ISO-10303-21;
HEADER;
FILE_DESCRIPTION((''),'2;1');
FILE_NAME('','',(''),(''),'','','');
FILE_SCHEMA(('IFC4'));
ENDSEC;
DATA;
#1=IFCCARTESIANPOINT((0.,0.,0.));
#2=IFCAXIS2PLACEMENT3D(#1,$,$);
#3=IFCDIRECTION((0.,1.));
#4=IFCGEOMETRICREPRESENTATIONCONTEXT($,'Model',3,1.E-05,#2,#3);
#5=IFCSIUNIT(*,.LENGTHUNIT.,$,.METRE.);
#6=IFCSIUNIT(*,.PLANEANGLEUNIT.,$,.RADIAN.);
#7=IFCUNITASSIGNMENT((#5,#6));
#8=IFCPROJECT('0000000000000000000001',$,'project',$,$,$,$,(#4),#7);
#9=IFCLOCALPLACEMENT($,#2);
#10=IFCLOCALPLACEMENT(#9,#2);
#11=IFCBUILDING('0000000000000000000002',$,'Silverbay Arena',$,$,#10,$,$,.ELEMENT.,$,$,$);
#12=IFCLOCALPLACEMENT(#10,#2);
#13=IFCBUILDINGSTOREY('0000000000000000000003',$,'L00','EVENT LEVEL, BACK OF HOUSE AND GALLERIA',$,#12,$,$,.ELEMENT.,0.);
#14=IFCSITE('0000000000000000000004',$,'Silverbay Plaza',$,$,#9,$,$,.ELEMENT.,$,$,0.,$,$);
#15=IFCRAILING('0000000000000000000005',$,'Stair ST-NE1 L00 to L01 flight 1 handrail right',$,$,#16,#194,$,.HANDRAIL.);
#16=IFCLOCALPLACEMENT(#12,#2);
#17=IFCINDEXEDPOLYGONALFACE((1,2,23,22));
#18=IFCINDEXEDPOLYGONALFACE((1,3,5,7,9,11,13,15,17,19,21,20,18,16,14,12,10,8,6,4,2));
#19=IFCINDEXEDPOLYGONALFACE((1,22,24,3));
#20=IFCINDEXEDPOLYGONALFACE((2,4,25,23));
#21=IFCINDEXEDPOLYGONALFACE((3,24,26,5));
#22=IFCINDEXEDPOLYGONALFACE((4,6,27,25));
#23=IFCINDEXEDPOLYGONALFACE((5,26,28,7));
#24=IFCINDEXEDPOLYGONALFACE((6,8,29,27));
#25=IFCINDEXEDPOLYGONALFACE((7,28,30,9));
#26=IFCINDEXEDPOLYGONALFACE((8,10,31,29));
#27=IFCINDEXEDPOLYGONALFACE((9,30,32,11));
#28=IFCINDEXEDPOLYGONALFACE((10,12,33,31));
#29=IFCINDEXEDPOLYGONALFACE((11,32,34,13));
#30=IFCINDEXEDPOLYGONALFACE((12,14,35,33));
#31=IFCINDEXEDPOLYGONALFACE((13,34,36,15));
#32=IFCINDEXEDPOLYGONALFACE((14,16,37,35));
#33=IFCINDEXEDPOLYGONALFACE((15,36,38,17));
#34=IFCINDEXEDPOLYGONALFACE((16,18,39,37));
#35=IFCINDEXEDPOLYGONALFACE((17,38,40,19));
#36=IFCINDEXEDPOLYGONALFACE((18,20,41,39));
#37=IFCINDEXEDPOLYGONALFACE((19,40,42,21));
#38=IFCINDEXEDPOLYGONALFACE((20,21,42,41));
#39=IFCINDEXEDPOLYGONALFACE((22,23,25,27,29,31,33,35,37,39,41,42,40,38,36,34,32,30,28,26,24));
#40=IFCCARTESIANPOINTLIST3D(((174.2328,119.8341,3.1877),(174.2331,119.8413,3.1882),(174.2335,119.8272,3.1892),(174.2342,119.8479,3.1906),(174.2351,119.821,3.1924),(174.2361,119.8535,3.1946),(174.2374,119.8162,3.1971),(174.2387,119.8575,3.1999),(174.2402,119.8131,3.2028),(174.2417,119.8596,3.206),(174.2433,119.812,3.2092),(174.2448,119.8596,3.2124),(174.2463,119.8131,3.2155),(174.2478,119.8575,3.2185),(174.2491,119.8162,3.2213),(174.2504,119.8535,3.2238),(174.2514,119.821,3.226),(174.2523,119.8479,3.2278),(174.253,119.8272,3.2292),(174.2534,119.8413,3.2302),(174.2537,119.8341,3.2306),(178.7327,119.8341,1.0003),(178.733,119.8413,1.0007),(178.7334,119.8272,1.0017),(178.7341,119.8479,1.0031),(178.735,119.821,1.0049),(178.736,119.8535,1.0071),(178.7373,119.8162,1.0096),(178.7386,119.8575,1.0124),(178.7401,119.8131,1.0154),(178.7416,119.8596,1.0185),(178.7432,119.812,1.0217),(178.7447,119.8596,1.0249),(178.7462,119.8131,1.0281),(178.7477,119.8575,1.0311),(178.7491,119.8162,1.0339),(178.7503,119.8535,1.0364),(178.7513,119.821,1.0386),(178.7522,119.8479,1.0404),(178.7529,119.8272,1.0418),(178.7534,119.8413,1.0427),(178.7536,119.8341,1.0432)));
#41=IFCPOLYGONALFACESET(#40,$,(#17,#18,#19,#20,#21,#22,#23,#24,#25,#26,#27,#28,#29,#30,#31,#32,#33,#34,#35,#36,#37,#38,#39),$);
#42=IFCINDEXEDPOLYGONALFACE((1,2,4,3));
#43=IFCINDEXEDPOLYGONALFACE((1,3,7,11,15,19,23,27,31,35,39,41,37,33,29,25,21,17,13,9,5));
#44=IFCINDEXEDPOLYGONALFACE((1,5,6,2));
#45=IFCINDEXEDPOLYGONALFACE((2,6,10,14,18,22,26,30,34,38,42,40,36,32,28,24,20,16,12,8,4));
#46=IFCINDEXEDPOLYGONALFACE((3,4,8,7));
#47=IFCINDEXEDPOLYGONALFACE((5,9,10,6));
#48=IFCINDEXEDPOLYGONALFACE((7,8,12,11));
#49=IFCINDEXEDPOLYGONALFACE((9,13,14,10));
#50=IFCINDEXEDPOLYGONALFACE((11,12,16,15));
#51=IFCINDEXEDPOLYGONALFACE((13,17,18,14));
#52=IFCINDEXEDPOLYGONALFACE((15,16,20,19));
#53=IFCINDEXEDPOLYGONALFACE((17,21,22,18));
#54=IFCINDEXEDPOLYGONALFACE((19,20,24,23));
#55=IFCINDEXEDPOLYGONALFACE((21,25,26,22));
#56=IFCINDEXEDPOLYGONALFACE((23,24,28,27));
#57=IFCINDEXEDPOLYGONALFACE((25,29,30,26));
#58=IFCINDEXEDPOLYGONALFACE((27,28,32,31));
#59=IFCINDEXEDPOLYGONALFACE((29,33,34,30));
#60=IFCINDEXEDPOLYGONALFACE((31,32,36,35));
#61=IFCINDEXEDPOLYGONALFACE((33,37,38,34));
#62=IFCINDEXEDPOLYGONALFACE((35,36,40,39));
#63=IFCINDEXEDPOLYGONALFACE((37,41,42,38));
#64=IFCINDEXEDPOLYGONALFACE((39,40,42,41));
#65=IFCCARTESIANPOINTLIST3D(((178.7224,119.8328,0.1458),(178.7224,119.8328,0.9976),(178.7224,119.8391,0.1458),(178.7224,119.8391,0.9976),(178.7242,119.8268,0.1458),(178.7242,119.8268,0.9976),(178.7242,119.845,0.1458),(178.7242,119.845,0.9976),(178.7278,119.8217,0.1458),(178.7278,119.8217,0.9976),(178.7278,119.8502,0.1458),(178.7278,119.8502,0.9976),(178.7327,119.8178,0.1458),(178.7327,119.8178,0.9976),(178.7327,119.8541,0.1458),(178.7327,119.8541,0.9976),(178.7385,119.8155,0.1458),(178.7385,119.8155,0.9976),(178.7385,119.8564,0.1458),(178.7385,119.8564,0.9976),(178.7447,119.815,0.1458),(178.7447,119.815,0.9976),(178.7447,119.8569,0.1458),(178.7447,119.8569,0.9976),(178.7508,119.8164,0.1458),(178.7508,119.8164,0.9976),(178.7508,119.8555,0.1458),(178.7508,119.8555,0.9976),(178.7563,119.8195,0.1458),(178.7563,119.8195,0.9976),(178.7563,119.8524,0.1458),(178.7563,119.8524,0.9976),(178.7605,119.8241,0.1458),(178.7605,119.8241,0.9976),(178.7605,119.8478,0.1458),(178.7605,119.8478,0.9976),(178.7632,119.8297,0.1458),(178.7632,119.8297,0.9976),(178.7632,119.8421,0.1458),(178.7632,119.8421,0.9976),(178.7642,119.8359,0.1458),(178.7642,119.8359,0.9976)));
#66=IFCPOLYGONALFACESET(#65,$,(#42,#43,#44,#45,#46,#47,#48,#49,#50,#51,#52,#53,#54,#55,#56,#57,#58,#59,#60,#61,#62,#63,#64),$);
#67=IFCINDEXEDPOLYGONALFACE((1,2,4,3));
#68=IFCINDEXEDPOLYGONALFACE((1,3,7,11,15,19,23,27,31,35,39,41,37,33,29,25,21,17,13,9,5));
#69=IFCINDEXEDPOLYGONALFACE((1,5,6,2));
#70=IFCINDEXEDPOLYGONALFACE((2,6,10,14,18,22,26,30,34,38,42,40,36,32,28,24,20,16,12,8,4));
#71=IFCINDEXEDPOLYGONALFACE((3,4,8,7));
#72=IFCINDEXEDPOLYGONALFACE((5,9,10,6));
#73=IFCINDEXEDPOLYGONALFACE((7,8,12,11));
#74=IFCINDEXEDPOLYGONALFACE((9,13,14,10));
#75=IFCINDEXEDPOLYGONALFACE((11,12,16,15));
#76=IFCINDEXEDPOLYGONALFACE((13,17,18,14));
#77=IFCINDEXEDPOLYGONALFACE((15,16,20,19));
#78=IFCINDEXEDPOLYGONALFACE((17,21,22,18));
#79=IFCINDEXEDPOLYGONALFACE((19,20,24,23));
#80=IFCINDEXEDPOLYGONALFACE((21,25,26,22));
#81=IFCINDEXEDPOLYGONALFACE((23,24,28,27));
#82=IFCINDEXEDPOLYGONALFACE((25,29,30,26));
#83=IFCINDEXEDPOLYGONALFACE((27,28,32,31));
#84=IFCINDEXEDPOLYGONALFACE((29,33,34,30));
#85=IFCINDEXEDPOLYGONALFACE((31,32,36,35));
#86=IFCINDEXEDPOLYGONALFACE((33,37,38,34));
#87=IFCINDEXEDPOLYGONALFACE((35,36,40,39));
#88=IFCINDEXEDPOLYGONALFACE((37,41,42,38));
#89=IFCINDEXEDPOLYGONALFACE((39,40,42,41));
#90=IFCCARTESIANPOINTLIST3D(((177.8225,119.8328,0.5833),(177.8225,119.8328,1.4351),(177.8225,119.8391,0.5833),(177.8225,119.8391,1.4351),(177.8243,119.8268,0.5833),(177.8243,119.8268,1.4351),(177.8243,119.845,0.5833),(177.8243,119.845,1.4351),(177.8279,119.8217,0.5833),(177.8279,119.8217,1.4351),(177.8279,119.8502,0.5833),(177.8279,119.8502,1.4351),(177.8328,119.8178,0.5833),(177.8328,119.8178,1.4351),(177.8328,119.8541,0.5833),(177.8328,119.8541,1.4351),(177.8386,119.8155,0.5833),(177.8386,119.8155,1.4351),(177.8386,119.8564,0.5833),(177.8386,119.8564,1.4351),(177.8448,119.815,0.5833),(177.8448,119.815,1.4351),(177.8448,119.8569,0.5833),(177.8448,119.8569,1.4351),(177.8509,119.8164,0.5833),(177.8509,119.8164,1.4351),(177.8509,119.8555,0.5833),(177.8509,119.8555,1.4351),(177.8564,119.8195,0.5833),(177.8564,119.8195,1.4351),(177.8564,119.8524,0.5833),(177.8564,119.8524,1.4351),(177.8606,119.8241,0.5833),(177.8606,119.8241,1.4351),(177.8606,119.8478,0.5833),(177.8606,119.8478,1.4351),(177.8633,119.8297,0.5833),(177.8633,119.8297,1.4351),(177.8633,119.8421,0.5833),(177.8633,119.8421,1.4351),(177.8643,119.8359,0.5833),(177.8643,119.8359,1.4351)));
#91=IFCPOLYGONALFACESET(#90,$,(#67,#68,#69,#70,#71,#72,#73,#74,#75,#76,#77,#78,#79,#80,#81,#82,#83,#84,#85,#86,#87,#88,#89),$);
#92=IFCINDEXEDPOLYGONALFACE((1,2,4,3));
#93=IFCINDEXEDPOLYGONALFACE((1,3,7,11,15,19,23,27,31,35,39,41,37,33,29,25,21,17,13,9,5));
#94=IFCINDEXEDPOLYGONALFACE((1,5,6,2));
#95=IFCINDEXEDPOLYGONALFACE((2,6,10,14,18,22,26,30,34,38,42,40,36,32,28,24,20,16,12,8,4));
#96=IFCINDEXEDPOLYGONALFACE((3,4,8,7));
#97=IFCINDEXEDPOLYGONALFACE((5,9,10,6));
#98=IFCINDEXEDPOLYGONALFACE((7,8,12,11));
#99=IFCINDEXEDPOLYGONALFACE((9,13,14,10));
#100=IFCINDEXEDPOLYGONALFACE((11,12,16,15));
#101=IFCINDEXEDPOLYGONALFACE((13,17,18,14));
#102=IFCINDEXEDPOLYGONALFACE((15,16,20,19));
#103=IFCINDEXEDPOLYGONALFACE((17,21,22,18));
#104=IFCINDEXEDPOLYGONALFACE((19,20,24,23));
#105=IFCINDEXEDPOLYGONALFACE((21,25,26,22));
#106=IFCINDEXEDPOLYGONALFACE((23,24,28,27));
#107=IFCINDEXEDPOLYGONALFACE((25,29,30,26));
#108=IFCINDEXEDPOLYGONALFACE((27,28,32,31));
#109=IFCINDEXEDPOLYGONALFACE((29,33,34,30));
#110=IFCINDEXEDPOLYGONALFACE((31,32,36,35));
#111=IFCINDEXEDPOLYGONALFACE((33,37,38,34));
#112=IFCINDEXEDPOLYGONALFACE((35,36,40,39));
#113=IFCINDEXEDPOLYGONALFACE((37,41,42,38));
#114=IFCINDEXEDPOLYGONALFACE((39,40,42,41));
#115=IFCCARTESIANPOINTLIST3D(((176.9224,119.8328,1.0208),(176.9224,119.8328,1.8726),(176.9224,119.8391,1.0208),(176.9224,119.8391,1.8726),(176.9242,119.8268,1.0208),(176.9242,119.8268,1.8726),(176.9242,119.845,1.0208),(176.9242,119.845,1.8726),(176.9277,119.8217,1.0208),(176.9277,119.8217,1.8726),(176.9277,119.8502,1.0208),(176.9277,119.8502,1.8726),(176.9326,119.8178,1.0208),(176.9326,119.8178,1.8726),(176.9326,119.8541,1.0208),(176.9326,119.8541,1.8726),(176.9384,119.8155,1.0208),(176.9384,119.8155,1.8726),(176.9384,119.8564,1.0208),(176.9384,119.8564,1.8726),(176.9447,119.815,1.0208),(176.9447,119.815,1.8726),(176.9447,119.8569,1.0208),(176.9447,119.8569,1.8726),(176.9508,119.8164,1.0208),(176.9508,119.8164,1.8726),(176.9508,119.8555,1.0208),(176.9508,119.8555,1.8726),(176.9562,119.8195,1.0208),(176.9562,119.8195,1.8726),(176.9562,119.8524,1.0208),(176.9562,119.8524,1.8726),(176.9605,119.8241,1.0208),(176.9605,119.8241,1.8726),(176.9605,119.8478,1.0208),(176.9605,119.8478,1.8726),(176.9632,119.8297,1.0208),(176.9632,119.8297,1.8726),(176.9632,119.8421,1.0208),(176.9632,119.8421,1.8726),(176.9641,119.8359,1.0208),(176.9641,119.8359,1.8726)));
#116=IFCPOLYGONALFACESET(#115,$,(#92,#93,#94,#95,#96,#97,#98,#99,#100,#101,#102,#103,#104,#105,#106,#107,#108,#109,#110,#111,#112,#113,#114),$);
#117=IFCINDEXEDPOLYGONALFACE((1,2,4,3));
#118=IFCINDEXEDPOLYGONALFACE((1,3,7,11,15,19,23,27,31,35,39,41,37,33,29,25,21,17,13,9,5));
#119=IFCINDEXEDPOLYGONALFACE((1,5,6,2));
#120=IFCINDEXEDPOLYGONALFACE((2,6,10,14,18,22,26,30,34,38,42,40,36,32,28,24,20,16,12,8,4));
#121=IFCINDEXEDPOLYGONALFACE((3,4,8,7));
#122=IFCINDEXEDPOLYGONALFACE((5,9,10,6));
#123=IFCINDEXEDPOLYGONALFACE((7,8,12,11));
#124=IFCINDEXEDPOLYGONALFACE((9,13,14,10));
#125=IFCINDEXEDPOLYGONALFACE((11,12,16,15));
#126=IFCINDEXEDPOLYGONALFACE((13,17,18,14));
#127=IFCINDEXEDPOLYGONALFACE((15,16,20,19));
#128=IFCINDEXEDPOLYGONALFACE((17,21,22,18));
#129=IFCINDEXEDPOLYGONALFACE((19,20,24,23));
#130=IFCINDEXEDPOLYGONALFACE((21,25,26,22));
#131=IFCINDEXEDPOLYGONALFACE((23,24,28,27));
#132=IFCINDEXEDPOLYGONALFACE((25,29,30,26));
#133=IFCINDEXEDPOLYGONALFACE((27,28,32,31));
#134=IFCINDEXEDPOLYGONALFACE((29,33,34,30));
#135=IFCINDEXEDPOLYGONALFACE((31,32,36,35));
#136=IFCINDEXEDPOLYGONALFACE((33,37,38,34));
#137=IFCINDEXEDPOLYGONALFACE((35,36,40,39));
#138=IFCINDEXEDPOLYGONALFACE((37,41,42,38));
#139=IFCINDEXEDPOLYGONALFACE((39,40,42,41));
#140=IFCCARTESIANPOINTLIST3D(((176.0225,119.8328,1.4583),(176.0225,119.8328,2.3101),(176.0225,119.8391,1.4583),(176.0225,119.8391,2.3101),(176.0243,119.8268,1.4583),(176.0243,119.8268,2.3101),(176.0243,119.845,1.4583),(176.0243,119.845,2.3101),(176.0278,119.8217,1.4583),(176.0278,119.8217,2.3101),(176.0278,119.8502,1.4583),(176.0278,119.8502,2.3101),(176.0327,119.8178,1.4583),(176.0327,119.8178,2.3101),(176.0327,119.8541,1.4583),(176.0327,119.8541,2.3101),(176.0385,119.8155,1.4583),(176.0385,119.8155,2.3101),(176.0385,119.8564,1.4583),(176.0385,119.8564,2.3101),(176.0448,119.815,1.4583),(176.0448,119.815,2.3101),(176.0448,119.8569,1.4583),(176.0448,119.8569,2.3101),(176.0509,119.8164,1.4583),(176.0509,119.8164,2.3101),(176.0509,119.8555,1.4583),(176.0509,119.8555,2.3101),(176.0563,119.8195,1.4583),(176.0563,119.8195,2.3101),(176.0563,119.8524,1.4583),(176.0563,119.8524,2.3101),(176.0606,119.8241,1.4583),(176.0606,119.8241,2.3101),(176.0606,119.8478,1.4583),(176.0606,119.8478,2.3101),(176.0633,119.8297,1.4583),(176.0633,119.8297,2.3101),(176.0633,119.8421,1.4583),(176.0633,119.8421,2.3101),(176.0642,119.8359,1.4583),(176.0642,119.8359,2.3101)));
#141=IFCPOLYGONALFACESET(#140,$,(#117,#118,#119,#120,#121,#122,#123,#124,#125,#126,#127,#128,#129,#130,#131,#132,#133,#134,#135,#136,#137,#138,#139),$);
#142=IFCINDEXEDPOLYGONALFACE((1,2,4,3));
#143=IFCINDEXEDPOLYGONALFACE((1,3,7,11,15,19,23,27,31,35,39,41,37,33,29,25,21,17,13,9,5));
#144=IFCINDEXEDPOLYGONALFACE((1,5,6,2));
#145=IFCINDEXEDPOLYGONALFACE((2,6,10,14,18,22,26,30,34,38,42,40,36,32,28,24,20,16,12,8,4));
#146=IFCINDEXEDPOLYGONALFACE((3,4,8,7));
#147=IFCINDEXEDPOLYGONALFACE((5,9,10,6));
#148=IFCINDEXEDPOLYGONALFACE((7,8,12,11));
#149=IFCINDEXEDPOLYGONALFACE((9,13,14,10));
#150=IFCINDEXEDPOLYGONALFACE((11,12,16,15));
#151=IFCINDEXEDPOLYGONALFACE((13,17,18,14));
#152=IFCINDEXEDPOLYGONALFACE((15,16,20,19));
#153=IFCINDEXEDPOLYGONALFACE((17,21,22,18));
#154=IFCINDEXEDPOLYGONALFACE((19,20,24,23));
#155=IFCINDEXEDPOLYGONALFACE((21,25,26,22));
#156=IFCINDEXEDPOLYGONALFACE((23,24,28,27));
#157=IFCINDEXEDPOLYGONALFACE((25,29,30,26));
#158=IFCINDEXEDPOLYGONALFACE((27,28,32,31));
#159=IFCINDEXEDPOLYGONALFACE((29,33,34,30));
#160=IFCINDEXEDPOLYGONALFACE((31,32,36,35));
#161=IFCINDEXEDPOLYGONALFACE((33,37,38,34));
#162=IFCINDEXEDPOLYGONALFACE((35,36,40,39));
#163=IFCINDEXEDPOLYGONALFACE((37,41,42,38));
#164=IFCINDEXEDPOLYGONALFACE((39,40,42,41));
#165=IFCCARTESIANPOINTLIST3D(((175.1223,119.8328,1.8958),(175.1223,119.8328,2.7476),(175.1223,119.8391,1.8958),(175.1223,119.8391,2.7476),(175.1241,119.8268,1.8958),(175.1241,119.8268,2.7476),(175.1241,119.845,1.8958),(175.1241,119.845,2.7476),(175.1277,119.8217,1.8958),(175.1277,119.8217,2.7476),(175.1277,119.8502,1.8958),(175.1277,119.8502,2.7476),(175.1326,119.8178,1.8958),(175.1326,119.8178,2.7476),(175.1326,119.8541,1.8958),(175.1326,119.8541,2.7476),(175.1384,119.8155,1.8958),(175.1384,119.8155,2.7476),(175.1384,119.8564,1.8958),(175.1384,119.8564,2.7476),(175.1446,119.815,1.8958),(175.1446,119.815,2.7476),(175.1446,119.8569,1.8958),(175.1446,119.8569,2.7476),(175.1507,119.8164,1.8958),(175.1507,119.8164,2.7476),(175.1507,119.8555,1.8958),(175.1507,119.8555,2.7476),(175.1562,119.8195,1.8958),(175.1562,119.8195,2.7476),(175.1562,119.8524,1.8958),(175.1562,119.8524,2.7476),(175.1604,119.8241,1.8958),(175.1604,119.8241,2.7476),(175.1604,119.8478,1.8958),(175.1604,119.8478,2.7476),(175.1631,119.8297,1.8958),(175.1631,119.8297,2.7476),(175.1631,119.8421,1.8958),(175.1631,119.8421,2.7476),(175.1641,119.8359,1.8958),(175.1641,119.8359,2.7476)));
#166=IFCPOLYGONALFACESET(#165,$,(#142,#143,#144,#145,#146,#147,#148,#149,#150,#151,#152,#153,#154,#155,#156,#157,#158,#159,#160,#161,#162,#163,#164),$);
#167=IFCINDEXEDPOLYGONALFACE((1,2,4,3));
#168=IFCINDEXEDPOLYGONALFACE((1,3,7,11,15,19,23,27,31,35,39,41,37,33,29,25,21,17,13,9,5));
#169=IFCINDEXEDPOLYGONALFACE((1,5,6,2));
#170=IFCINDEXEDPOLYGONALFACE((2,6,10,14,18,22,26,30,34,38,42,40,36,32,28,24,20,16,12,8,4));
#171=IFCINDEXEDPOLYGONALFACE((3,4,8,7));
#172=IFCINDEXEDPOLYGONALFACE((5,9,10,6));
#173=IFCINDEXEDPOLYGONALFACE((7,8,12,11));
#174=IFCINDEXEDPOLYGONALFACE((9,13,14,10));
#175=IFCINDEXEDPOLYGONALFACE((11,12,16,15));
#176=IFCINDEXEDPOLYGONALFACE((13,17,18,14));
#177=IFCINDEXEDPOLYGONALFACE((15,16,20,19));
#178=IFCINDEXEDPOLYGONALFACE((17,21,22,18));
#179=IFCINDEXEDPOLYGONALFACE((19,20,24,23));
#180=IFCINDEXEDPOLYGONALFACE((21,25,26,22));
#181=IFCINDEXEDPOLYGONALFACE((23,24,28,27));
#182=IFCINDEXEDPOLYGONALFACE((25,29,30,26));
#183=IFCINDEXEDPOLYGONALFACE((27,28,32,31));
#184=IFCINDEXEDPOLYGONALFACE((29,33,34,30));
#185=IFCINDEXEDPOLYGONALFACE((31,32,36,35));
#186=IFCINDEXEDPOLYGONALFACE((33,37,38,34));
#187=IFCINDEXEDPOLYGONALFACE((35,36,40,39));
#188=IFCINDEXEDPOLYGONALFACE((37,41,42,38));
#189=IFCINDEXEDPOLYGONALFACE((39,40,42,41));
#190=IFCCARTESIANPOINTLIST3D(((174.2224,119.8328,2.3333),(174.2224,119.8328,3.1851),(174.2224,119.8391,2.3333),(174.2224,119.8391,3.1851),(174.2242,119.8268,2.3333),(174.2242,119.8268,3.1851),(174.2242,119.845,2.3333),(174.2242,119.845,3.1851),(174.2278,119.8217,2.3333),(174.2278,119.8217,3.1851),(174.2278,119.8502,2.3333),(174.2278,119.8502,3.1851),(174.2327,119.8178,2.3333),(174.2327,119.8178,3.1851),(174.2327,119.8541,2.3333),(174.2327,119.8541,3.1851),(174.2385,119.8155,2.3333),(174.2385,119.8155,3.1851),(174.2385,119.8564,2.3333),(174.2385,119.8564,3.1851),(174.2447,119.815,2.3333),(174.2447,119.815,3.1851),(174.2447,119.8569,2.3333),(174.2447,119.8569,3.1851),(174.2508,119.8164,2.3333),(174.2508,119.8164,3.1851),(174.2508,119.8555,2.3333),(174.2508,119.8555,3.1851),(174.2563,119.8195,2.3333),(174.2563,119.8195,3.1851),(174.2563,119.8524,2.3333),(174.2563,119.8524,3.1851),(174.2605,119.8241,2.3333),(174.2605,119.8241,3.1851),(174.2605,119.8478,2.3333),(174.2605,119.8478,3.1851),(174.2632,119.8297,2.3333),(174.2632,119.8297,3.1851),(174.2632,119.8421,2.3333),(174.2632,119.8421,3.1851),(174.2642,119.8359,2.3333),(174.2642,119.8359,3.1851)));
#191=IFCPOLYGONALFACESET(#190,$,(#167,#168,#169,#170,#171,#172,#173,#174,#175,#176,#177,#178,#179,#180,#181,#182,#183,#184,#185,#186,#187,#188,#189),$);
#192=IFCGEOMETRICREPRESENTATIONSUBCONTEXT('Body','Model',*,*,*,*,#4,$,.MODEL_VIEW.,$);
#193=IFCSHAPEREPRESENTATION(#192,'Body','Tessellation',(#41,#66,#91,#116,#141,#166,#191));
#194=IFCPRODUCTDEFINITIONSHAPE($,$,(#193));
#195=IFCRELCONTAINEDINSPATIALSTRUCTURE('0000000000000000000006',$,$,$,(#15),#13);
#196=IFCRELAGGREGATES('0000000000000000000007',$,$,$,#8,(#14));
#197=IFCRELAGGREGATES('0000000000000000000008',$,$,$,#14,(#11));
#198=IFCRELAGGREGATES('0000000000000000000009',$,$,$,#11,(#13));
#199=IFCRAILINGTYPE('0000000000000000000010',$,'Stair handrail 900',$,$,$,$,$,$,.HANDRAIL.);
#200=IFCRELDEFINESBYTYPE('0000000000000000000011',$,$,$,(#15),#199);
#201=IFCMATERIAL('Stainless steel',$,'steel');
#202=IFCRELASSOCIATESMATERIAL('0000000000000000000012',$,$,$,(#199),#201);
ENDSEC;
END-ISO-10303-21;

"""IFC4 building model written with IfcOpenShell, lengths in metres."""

from ifc_helpers import new_model, si_unit, direction, frame, origin, origin_2d, place, context, subcontext, project, spatial, circle, extrude, material, type_object, element, save


model = new_model("IFC4")

# Units and contexts
model_context = context("Model", 3, precision=1e-05, world=origin(), true_north=direction((0.0, 1.0)))
body_context = subcontext(model_context, "Body", "Model", "MODEL_VIEW")
ifc_project = project(units=[si_unit("LENGTHUNIT", "METRE"), si_unit("PLANEANGLEUNIT", "RADIAN")], contexts=[model_context])

# Site, building, storey
site_placement = place(None, origin())
site = spatial("IfcSite", under=ifc_project, at=site_placement, Name="Silverbay Plaza", CompositionType="ELEMENT", RefElevation=0.0)
building_placement = place(site_placement, origin())
building = spatial("IfcBuilding", under=site, at=building_placement, Name="Silverbay Arena", CompositionType="ELEMENT")
storey_placement = place(building_placement, origin())
storey = spatial("IfcBuildingStorey", under=building, at=storey_placement, Name="L00", Description="EVENT LEVEL, BACK OF HOUSE AND GALLERIA", CompositionType="ELEMENT", Elevation=0.0)

# Railing
ifc_material_1 = material(Name="Stainless steel", Category="steel")
railing_type_1 = type_object("IfcRailingType", Name="Stair handrail 900", PredefinedType="HANDRAIL", material=ifc_material_1)
for number, where, name in (
    (1, (178.7432, 119.8359, 0.1458), "Stair ST-NE1 L00 to L01 flight 1 handrail right"),
):
    element("IfcRailing", number, at=place(storey_placement, frame(where)), inside=storey, type_object=railing_type_1, Name=name, PredefinedType="HANDRAIL", context=body_context, shape_type="SweptSolid", body=[
        extrude(circle(Radius=0.0239, at=origin_2d()), frame((0.0, 0.0, 0.876), z_axis=(-0.899368, 0.0, 0.437193), x_axis=(0.0, -1.0, 0.0)), (0.0, 0.0, 1.0), 5.0034),
        extrude(circle(Radius=0.021, at=origin_2d()), origin(), (0.0, 0.0, 1.0), 0.8518),
        extrude(circle(Radius=0.021, at=origin_2d()), frame((-0.8999, 0.0, 0.4375)), (0.0, 0.0, 1.0), 0.8518),
        extrude(circle(Radius=0.021, at=origin_2d()), frame((-1.8, 0.0, 0.875)), (0.0, 0.0, 1.0), 0.8518),
        extrude(circle(Radius=0.021, at=origin_2d()), frame((-2.7, 0.0, 1.3125)), (0.0, 0.0, 1.0), 0.8518),
        extrude(circle(Radius=0.021, at=origin_2d()), frame((-3.6001, 0.0, 1.75)), (0.0, 0.0, 1.0), 0.8518),
        extrude(circle(Radius=0.021, at=origin_2d()), frame((-4.5, 0.0, 2.1875)), (0.0, 0.0, 1.0), 0.8518),
    ])

save(model, "model.ifc")
